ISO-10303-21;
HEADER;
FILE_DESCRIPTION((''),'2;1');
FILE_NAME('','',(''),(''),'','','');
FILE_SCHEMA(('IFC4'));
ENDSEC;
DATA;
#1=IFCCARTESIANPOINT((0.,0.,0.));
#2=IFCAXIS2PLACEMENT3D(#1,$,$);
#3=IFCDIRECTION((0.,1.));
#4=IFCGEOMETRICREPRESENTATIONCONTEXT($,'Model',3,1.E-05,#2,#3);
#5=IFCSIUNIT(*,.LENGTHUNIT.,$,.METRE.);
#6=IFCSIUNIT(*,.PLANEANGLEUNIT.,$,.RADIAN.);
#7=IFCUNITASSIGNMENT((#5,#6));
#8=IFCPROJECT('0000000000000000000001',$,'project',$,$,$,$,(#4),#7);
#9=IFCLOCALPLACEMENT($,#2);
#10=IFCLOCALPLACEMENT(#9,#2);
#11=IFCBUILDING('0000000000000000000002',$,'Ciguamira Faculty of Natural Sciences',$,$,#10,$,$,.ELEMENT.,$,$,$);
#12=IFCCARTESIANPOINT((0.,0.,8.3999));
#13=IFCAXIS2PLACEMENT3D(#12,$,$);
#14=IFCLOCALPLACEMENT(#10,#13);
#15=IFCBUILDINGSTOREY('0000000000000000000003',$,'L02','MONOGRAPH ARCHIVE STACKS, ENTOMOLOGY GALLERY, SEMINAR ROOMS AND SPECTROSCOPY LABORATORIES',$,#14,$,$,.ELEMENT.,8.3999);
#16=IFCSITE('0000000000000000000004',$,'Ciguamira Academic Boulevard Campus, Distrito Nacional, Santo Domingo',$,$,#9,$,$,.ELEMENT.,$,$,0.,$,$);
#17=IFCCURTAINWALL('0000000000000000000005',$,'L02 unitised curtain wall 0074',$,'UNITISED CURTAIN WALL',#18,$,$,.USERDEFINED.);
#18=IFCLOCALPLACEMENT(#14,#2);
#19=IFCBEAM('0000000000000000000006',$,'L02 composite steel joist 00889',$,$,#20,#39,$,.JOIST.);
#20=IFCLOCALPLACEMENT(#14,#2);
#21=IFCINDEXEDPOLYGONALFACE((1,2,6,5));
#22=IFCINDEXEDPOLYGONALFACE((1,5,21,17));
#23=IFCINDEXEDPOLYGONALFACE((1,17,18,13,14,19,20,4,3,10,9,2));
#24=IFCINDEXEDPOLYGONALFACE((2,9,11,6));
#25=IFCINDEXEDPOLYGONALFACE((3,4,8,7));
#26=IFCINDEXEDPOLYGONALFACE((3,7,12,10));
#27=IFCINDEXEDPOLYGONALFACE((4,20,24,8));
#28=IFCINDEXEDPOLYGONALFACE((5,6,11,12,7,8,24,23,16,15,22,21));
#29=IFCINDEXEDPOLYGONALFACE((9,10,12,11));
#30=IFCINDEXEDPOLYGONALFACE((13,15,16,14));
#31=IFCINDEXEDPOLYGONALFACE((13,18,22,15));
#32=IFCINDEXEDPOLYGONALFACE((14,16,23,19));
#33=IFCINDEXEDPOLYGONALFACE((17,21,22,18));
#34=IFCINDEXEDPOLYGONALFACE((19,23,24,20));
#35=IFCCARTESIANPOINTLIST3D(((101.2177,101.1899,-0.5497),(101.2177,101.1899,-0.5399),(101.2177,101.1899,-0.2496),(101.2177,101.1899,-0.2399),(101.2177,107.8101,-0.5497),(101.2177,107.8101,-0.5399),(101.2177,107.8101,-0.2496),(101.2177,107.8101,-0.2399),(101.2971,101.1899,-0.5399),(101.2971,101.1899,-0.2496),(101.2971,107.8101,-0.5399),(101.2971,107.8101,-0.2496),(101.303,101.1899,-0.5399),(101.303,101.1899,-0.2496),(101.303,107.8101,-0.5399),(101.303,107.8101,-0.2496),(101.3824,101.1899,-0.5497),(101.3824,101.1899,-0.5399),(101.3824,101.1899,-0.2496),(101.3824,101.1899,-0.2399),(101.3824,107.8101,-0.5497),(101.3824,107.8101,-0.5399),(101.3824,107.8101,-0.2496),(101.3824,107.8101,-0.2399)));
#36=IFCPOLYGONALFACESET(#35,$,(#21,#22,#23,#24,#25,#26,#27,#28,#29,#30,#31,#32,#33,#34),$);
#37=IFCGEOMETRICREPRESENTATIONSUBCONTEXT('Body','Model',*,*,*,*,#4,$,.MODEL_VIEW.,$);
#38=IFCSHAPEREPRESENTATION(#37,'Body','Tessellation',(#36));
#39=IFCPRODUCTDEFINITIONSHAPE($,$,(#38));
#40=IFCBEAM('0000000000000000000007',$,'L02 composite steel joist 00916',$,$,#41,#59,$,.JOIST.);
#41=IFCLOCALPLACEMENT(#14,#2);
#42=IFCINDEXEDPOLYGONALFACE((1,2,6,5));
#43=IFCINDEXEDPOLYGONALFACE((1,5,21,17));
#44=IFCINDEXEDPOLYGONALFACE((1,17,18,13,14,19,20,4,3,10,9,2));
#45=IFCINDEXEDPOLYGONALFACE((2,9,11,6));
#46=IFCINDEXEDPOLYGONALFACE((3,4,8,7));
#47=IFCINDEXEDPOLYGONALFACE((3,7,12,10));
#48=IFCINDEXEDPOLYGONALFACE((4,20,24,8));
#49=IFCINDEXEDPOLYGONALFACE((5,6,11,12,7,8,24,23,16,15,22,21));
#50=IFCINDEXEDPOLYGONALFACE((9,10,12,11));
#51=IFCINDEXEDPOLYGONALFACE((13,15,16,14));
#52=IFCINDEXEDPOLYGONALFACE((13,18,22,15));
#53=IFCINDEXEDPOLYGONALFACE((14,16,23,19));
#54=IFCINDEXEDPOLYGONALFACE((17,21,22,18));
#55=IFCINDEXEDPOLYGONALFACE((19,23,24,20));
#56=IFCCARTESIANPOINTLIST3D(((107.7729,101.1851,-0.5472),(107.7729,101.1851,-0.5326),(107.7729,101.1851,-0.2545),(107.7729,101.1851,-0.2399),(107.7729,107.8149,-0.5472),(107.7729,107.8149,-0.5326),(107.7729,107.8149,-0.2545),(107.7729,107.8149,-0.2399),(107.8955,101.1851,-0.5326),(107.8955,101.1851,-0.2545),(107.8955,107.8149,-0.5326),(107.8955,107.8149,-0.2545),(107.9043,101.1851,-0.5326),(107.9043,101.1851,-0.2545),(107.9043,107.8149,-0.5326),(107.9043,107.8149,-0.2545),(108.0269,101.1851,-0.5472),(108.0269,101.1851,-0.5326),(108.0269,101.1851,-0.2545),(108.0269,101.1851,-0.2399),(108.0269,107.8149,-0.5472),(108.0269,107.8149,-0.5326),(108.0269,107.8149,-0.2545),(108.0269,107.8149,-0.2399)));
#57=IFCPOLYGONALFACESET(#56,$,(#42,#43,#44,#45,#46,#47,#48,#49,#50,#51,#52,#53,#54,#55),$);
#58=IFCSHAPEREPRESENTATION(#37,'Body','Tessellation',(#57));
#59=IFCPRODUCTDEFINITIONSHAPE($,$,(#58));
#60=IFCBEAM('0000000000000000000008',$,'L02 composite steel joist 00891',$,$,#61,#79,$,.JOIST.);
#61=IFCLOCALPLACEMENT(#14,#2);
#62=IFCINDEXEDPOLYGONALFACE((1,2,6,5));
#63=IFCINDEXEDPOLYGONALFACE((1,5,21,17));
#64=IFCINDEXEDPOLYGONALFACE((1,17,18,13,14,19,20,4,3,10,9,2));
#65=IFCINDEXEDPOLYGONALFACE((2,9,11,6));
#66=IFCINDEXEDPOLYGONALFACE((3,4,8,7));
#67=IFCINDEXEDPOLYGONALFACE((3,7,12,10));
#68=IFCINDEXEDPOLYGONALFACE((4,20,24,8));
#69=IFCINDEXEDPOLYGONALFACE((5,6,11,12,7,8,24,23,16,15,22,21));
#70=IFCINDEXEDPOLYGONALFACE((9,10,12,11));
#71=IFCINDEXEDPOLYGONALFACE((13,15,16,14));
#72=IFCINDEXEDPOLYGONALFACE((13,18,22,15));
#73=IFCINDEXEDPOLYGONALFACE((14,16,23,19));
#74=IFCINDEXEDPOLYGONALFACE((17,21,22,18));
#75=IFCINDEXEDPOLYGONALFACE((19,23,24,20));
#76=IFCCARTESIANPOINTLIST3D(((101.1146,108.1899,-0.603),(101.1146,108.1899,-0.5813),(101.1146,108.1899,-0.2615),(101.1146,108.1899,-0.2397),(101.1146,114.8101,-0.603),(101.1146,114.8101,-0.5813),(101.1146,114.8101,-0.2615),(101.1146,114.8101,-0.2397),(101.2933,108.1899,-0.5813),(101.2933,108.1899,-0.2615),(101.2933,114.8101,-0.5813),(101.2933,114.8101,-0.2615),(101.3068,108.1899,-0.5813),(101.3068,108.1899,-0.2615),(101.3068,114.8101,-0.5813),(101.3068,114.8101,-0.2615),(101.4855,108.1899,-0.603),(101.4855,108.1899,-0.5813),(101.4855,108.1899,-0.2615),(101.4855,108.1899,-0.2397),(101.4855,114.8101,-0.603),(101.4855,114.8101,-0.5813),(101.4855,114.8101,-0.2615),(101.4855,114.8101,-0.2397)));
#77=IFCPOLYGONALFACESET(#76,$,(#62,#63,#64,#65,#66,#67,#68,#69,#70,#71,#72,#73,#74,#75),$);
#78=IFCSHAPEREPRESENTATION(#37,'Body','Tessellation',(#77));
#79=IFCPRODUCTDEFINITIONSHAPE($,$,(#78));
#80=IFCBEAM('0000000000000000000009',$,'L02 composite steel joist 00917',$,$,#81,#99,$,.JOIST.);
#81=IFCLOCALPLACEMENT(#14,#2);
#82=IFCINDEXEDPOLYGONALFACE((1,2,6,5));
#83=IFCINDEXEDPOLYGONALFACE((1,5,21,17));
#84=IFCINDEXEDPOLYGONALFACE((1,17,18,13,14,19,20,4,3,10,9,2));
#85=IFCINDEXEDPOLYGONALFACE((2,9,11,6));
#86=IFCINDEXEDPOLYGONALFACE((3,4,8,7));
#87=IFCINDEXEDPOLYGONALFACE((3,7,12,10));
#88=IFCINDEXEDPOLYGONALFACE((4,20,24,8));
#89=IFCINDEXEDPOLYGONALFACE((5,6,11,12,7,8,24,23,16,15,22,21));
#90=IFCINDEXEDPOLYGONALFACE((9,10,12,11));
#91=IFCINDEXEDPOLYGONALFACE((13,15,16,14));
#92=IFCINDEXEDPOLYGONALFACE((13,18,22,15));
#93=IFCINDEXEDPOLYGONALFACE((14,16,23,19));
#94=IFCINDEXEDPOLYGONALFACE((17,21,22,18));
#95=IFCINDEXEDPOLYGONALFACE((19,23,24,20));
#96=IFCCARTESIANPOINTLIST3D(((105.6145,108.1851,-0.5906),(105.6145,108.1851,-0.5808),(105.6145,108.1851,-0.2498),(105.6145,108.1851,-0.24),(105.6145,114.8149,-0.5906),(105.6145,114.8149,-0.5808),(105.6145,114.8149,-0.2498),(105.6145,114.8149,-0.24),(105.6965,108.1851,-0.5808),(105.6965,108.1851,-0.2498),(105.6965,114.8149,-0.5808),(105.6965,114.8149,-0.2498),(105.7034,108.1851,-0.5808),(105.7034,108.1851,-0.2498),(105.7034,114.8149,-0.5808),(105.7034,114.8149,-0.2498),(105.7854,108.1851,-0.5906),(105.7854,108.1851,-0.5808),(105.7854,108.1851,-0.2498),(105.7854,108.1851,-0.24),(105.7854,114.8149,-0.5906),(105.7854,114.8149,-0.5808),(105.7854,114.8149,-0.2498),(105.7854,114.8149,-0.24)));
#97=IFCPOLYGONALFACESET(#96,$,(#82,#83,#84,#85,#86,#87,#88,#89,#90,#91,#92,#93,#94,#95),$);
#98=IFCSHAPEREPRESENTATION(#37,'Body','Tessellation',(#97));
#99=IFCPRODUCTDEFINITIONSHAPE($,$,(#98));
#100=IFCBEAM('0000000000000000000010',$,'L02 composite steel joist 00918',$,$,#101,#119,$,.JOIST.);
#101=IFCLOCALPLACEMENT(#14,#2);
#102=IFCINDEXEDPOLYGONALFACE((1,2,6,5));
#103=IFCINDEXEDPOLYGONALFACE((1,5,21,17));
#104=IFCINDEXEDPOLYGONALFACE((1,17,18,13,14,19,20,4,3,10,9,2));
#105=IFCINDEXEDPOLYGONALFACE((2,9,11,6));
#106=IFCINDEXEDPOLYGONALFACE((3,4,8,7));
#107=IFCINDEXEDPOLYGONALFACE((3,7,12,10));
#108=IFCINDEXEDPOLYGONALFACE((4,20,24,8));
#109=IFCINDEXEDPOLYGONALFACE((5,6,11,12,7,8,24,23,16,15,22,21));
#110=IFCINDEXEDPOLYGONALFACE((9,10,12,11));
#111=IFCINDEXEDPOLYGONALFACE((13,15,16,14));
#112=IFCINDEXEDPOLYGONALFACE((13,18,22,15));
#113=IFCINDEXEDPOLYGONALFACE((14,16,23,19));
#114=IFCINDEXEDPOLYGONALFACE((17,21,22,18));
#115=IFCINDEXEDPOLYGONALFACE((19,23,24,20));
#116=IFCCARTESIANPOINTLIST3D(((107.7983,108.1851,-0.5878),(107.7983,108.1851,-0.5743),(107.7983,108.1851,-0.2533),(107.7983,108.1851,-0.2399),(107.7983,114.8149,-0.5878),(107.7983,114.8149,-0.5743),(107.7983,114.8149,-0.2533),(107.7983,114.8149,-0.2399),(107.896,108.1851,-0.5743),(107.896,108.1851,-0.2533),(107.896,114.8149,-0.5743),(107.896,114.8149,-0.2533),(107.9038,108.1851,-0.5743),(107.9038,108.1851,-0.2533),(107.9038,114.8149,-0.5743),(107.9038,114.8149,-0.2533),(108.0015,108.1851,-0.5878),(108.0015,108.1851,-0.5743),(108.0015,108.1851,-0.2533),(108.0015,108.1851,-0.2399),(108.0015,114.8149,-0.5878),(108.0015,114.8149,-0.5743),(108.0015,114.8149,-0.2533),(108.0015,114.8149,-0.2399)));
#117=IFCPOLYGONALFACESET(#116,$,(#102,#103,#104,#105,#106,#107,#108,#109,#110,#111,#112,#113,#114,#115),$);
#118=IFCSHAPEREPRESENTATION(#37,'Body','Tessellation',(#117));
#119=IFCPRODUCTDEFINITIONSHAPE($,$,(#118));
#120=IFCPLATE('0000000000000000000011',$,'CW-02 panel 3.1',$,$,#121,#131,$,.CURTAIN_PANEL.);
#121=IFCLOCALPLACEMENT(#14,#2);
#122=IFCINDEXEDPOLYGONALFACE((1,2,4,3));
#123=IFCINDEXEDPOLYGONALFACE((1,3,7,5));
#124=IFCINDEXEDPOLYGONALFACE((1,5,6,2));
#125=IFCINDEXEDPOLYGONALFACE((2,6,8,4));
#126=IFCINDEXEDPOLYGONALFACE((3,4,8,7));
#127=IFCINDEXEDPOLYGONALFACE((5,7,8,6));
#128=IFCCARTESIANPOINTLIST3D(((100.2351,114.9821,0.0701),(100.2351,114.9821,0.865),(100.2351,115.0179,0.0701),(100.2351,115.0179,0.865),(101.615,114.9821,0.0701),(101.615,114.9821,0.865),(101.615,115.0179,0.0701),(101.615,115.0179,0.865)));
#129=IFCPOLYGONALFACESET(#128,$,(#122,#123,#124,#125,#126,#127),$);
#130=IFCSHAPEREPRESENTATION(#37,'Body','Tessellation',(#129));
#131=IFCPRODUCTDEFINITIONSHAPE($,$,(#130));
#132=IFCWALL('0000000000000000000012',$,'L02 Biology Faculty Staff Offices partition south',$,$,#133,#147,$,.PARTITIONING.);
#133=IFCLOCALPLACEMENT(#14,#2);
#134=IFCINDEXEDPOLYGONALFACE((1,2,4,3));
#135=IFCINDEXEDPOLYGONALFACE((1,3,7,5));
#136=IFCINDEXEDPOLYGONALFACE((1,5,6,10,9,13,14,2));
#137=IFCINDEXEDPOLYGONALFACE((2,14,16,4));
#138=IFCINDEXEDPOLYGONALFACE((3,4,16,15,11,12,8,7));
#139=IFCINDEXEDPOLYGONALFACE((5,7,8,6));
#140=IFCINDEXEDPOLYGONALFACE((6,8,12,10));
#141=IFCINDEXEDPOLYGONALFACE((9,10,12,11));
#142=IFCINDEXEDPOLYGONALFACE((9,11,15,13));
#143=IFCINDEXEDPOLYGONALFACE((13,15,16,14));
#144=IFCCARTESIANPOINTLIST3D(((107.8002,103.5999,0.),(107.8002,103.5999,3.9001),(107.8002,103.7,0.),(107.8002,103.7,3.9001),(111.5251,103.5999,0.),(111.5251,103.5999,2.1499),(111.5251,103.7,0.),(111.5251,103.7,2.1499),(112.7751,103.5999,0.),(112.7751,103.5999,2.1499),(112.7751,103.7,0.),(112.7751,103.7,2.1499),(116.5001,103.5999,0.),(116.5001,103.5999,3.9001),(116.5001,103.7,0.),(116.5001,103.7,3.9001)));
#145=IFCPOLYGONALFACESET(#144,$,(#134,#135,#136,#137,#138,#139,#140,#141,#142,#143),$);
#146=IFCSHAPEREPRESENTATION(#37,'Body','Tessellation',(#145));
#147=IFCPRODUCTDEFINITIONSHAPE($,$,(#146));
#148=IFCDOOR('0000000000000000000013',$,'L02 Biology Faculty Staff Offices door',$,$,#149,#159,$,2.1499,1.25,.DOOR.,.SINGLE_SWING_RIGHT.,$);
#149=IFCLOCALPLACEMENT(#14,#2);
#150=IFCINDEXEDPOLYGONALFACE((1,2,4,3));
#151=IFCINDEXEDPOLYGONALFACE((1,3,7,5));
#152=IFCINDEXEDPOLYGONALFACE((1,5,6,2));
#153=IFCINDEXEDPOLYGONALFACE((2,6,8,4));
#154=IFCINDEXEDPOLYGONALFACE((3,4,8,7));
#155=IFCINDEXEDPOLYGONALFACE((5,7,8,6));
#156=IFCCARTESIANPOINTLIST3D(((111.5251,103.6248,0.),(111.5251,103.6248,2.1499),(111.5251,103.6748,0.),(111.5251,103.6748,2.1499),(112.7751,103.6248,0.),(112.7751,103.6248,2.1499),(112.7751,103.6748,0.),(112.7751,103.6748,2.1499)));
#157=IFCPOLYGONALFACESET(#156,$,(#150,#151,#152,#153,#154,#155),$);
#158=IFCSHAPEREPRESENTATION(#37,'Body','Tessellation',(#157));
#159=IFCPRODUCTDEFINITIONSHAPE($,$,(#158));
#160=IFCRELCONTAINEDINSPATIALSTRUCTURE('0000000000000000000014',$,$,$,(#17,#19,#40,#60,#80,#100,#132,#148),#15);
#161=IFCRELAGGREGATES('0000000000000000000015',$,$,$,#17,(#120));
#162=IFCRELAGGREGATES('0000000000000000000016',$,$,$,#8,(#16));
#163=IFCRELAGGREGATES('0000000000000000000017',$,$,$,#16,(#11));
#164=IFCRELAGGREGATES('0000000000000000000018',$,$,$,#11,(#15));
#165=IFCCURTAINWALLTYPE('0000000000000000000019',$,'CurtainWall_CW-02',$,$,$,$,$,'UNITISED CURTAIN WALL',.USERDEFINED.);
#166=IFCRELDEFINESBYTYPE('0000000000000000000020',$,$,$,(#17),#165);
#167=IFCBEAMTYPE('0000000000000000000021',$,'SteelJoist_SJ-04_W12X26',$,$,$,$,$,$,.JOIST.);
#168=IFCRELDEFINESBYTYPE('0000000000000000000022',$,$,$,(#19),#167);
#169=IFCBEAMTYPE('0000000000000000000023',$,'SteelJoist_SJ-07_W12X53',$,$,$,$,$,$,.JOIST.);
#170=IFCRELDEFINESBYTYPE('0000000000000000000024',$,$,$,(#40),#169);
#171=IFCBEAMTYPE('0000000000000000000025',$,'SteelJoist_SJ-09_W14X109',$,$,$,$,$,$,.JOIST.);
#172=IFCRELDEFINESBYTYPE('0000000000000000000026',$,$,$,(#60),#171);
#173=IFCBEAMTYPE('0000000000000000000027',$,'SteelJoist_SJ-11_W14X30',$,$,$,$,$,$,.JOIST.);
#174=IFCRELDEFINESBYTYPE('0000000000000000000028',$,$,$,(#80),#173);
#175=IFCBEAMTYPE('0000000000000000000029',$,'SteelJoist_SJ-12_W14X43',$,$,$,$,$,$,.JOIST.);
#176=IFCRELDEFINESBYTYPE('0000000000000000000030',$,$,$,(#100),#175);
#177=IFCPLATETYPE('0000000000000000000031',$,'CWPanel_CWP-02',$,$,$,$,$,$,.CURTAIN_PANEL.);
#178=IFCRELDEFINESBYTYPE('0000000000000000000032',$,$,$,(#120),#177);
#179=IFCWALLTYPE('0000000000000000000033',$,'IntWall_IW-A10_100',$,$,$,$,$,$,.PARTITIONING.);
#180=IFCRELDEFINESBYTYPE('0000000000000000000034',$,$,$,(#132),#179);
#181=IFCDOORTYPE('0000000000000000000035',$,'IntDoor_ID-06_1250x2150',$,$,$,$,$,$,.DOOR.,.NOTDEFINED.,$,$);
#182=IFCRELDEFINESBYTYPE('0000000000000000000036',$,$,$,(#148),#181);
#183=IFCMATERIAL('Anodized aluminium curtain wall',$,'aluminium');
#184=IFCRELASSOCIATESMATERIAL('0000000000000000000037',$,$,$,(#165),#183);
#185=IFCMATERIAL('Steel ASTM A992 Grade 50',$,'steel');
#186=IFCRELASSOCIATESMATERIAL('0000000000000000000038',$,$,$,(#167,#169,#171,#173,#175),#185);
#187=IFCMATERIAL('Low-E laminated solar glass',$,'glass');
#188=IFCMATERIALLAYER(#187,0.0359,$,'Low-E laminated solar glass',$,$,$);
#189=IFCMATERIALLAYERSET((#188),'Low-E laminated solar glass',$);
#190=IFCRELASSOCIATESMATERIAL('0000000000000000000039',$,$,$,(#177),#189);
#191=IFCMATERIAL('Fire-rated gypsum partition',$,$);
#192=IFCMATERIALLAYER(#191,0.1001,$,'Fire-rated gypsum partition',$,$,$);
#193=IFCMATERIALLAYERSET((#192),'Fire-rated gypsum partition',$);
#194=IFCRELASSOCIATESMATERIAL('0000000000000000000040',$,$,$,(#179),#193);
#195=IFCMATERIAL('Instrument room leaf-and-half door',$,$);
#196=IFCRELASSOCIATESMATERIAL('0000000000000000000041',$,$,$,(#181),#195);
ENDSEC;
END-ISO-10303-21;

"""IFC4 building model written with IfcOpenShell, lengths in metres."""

from ifc_helpers import new_model, si_unit, direction, frame, frame_2d, origin, origin_2d, place, context, subcontext, project, spatial, rectangle, i_section, extrude, material, layer, layer_set, material_profile, profile_set, type_object, element, fill, aggregate, save


model = new_model("IFC4")

# Units and contexts
model_context = context("Model", 3, precision=1e-05, world=origin(), true_north=direction((0.0, 1.0)))
body_context = subcontext(model_context, "Body", "Model", "MODEL_VIEW")
ifc_project = project(units=[si_unit("LENGTHUNIT", "METRE"), si_unit("PLANEANGLEUNIT", "RADIAN")], contexts=[model_context])

# Site, building, storey
site_placement = place(None, origin())
site = spatial("IfcSite", under=ifc_project, at=site_placement, Name="Ciguamira Academic Boulevard Campus, Distrito Nacional, Santo Domingo", CompositionType="ELEMENT", RefElevation=0.0)
building_placement = place(site_placement, origin())
building = spatial("IfcBuilding", under=site, at=building_placement, Name="Ciguamira Faculty of Natural Sciences", CompositionType="ELEMENT")
storey_placement = place(building_placement, frame((0.0, 0.0, 8.3999)))
storey = spatial("IfcBuildingStorey", under=building, at=storey_placement, Name="L02", Description="MONOGRAPH ARCHIVE STACKS, ENTOMOLOGY GALLERY, SEMINAR ROOMS AND SPECTROSCOPY LABORATORIES", CompositionType="ELEMENT", Elevation=8.3999)

# Curtain wall
ifc_material_1 = material(Name="Anodized aluminium curtain wall", Category="aluminium")
curtain_wall_type = type_object("IfcCurtainWallType", Name="CurtainWall_CW-02", ElementType="UNITISED CURTAIN WALL", PredefinedType="USERDEFINED", material=ifc_material_1)
curtain_wall_placement = place(storey_placement, origin())
curtain_wall = element("IfcCurtainWall", 1, at=curtain_wall_placement, inside=storey, type_object=curtain_wall_type, Name="L02 unitised curtain wall 0074", ObjectType="UNITISED CURTAIN WALL", PredefinedType="USERDEFINED")

# Beams
ifc_material_2 = material(Name="Steel ASTM A992 Grade 50", Category="steel")
ifc_material_profile_1 = material_profile(ifc_material_2, i_section(OverallWidth=0.1648, OverallDepth=0.3098, WebThickness=0.0059, FlangeThickness=0.0098, at=origin_2d()), Name="W12X26")
ifc_profile_set_1 = profile_set([ifc_material_profile_1], Name="Steel ASTM A992 Grade 50")
beam_type_1 = type_object("IfcBeamType", Name="SteelJoist_SJ-04_W12X26", PredefinedType="JOIST", material=ifc_profile_set_1)
beam_1_placement = place(storey_placement, frame((101.3, 101.1899, -0.3948), z_axis=(0.0, 1.0, 0.0), x_axis=(-1.0, 0.0, 0.0)))
element("IfcBeam", 2, at=beam_1_placement, inside=storey, type_object=beam_type_1, Name="L02 composite steel joist 00889", PredefinedType="JOIST", context=body_context, shape_type="SweptSolid", body=[
    extrude(i_section(OverallWidth=0.1648, OverallDepth=0.3098, WebThickness=0.0059, FlangeThickness=0.0098, at=origin_2d()), origin(), (0.0, 0.0, 1.0), 6.6201),
])
ifc_material_profile_2 = material_profile(ifc_material_2, i_section(OverallWidth=0.2539, OverallDepth=0.3074, WebThickness=0.0088, FlangeThickness=0.0146, at=origin_2d()), Name="W12X53")
ifc_profile_set_2 = profile_set([ifc_material_profile_2], Name="Steel ASTM A992 Grade 50")
beam_type_2 = type_object("IfcBeamType", Name="SteelJoist_SJ-07_W12X53", PredefinedType="JOIST", material=ifc_profile_set_2)
beam_2_placement = place(storey_placement, frame((107.8999, 101.1851, -0.3936), z_axis=(0.0, 1.0, 0.0), x_axis=(-1.0, 0.0, 0.0)))
element("IfcBeam", 3, at=beam_2_placement, inside=storey, type_object=beam_type_2, Name="L02 composite steel joist 00916", PredefinedType="JOIST", context=body_context, shape_type="SweptSolid", body=[
    extrude(i_section(OverallWidth=0.2539, OverallDepth=0.3074, WebThickness=0.0088, FlangeThickness=0.0146, at=origin_2d()), origin(), (0.0, 0.0, 1.0), 6.6299),
])
ifc_material_profile_3 = material_profile(ifc_material_2, i_section(OverallWidth=0.3708, OverallDepth=0.3633, WebThickness=0.0134, FlangeThickness=0.0217, at=origin_2d()), Name="W14X109")
ifc_profile_set_3 = profile_set([ifc_material_profile_3], Name="Steel ASTM A992 Grade 50")
beam_type_3 = type_object("IfcBeamType", Name="SteelJoist_SJ-09_W14X109", PredefinedType="JOIST", material=ifc_profile_set_3)
beam_3_placement = place(storey_placement, frame((101.3, 108.1899, -0.4214), z_axis=(0.0, 1.0, 0.0), x_axis=(-1.0, 0.0, 0.0)))
element("IfcBeam", 4, at=beam_3_placement, inside=storey, type_object=beam_type_3, Name="L02 composite steel joist 00891", PredefinedType="JOIST", context=body_context, shape_type="SweptSolid", body=[
    extrude(i_section(OverallWidth=0.3708, OverallDepth=0.3633, WebThickness=0.0134, FlangeThickness=0.0217, at=origin_2d()), origin(), (0.0, 0.0, 1.0), 6.6201),
])
ifc_material_profile_4 = material_profile(ifc_material_2, i_section(OverallWidth=0.1709, OverallDepth=0.3506, WebThickness=0.0068, FlangeThickness=0.0098, at=origin_2d()), Name="W14X30")
ifc_profile_set_4 = profile_set([ifc_material_profile_4], Name="Steel ASTM A992 Grade 50")
beam_type_4 = type_object("IfcBeamType", Name="SteelJoist_SJ-11_W14X30", PredefinedType="JOIST", material=ifc_profile_set_4)
beam_4_placement = place(storey_placement, frame((105.7, 108.1851, -0.4153), z_axis=(0.0, 1.0, 0.0), x_axis=(-1.0, 0.0, 0.0)))
element("IfcBeam", 5, at=beam_4_placement, inside=storey, type_object=beam_type_4, Name="L02 composite steel joist 00917", PredefinedType="JOIST", context=body_context, shape_type="SweptSolid", body=[
    extrude(i_section(OverallWidth=0.1709, OverallDepth=0.3506, WebThickness=0.0068, FlangeThickness=0.0098, at=origin_2d()), origin(), (0.0, 0.0, 1.0), 6.6299),
])
ifc_material_profile_5 = material_profile(ifc_material_2, i_section(OverallWidth=0.2031, OverallDepth=0.3479, WebThickness=0.0078, FlangeThickness=0.0134, at=origin_2d()), Name="W14X43")
ifc_profile_set_5 = profile_set([ifc_material_profile_5], Name="Steel ASTM A992 Grade 50")
beam_type_5 = type_object("IfcBeamType", Name="SteelJoist_SJ-12_W14X43", PredefinedType="JOIST", material=ifc_profile_set_5)
beam_5_placement = place(storey_placement, frame((107.8999, 108.1851, -0.4138), z_axis=(0.0, 1.0, 0.0), x_axis=(-1.0, 0.0, 0.0)))
element("IfcBeam", 6, at=beam_5_placement, inside=storey, type_object=beam_type_5, Name="L02 composite steel joist 00918", PredefinedType="JOIST", context=body_context, shape_type="SweptSolid", body=[
    extrude(i_section(OverallWidth=0.2031, OverallDepth=0.3479, WebThickness=0.0078, FlangeThickness=0.0134, at=origin_2d()), origin(), (0.0, 0.0, 1.0), 6.6299),
])

# Plate
ifc_material_3 = material(Name="Low-E laminated solar glass", Category="glass")
ifc_layer_1 = layer(ifc_material_3, 0.0359, Name="Low-E laminated solar glass")
ifc_layer_set_1 = layer_set([ifc_layer_1], Name="Low-E laminated solar glass")
plate_type = type_object("IfcPlateType", Name="CWPanel_CWP-02", PredefinedType="CURTAIN_PANEL", material=ifc_layer_set_1)
plate_placement = place(storey_placement, frame((100.925, 115.0, 0.0701), z_axis=(0.0, 0.0, 1.0), x_axis=(1.0, 0.0, 0.0)))
plate = element("IfcPlate", 7, at=plate_placement, type_object=plate_type, Name="CW-02 panel 3.1", PredefinedType="CURTAIN_PANEL", context=body_context, shape_type="SweptSolid", body=[
    extrude(rectangle(XDim=1.3799, YDim=0.0359, at=origin_2d()), origin(), (0.0, 0.0, 1.0), 0.7949),
])
aggregate(curtain_wall, [plate])

# Wall, opening, door
ifc_material_4 = material(Name="Fire-rated gypsum partition")
ifc_layer_2 = layer(ifc_material_4, 0.1001, Name="Fire-rated gypsum partition")
ifc_layer_set_2 = layer_set([ifc_layer_2], Name="Fire-rated gypsum partition")
wall_type_1 = type_object("IfcWallType", Name="IntWall_IW-A10_100", PredefinedType="PARTITIONING", material=ifc_layer_set_2)
wall_1_placement = place(storey_placement, frame((107.8, 103.6499, 0.0), z_axis=(0.0, 0.0, 1.0), x_axis=(1.0, 0.0, 0.0)))
wall_1 = element("IfcWall", 8, at=wall_1_placement, inside=storey, type_object=wall_type_1, Name="L02 Biology Faculty Staff Offices partition south", PredefinedType="PARTITIONING", context=body_context, shape_type="SweptSolid", body=[
    extrude(rectangle(XDim=8.7, YDim=0.1001, at=frame_2d((4.3501, 0.0))), origin(), (0.0, 0.0, 1.0), 3.9001),
])
opening_1_placement = place(wall_1_placement, frame((3.7251, 0.0, 0.0)))
opening_1 = element("IfcOpeningElement", 9, at=opening_1_placement, cuts=wall_1, PredefinedType="OPENING", context=body_context, shape_type="SweptSolid", body=[
    extrude(rectangle(XDim=1.25, YDim=2.1499, at=frame_2d((0.625, 1.075))), frame((0.0, 0.0601, 0.0), z_axis=(0.0, -1.0, 0.0), x_axis=(1.0, 0.0, 0.0)), (0.0, 0.0, 1.0), 0.1201),
])
ifc_material_5 = material(Name="Instrument room leaf-and-half door")
door_type_1 = type_object("IfcDoorType", Name="IntDoor_ID-06_1250x2150", OperationType="NOTDEFINED", PredefinedType="DOOR", material=ifc_material_5)
door_1_placement = place(opening_1_placement, origin())
door_1 = element("IfcDoor", 10, at=door_1_placement, inside=storey, type_object=door_type_1, Name="L02 Biology Faculty Staff Offices door", OperationType="SINGLE_SWING_RIGHT", OverallHeight=2.1499, OverallWidth=1.25, PredefinedType="DOOR", context=body_context, shape_type="SweptSolid", body=[
    extrude(rectangle(XDim=1.25, YDim=2.1499, at=frame_2d((0.625, 1.075))), frame((0.0, 0.0249, 0.0), z_axis=(0.0, -1.0, 0.0), x_axis=(1.0, 0.0, 0.0)), (0.0, 0.0, 1.0), 0.05),
])
fill(opening_1, door_1)

save(model, "model.ifc")
